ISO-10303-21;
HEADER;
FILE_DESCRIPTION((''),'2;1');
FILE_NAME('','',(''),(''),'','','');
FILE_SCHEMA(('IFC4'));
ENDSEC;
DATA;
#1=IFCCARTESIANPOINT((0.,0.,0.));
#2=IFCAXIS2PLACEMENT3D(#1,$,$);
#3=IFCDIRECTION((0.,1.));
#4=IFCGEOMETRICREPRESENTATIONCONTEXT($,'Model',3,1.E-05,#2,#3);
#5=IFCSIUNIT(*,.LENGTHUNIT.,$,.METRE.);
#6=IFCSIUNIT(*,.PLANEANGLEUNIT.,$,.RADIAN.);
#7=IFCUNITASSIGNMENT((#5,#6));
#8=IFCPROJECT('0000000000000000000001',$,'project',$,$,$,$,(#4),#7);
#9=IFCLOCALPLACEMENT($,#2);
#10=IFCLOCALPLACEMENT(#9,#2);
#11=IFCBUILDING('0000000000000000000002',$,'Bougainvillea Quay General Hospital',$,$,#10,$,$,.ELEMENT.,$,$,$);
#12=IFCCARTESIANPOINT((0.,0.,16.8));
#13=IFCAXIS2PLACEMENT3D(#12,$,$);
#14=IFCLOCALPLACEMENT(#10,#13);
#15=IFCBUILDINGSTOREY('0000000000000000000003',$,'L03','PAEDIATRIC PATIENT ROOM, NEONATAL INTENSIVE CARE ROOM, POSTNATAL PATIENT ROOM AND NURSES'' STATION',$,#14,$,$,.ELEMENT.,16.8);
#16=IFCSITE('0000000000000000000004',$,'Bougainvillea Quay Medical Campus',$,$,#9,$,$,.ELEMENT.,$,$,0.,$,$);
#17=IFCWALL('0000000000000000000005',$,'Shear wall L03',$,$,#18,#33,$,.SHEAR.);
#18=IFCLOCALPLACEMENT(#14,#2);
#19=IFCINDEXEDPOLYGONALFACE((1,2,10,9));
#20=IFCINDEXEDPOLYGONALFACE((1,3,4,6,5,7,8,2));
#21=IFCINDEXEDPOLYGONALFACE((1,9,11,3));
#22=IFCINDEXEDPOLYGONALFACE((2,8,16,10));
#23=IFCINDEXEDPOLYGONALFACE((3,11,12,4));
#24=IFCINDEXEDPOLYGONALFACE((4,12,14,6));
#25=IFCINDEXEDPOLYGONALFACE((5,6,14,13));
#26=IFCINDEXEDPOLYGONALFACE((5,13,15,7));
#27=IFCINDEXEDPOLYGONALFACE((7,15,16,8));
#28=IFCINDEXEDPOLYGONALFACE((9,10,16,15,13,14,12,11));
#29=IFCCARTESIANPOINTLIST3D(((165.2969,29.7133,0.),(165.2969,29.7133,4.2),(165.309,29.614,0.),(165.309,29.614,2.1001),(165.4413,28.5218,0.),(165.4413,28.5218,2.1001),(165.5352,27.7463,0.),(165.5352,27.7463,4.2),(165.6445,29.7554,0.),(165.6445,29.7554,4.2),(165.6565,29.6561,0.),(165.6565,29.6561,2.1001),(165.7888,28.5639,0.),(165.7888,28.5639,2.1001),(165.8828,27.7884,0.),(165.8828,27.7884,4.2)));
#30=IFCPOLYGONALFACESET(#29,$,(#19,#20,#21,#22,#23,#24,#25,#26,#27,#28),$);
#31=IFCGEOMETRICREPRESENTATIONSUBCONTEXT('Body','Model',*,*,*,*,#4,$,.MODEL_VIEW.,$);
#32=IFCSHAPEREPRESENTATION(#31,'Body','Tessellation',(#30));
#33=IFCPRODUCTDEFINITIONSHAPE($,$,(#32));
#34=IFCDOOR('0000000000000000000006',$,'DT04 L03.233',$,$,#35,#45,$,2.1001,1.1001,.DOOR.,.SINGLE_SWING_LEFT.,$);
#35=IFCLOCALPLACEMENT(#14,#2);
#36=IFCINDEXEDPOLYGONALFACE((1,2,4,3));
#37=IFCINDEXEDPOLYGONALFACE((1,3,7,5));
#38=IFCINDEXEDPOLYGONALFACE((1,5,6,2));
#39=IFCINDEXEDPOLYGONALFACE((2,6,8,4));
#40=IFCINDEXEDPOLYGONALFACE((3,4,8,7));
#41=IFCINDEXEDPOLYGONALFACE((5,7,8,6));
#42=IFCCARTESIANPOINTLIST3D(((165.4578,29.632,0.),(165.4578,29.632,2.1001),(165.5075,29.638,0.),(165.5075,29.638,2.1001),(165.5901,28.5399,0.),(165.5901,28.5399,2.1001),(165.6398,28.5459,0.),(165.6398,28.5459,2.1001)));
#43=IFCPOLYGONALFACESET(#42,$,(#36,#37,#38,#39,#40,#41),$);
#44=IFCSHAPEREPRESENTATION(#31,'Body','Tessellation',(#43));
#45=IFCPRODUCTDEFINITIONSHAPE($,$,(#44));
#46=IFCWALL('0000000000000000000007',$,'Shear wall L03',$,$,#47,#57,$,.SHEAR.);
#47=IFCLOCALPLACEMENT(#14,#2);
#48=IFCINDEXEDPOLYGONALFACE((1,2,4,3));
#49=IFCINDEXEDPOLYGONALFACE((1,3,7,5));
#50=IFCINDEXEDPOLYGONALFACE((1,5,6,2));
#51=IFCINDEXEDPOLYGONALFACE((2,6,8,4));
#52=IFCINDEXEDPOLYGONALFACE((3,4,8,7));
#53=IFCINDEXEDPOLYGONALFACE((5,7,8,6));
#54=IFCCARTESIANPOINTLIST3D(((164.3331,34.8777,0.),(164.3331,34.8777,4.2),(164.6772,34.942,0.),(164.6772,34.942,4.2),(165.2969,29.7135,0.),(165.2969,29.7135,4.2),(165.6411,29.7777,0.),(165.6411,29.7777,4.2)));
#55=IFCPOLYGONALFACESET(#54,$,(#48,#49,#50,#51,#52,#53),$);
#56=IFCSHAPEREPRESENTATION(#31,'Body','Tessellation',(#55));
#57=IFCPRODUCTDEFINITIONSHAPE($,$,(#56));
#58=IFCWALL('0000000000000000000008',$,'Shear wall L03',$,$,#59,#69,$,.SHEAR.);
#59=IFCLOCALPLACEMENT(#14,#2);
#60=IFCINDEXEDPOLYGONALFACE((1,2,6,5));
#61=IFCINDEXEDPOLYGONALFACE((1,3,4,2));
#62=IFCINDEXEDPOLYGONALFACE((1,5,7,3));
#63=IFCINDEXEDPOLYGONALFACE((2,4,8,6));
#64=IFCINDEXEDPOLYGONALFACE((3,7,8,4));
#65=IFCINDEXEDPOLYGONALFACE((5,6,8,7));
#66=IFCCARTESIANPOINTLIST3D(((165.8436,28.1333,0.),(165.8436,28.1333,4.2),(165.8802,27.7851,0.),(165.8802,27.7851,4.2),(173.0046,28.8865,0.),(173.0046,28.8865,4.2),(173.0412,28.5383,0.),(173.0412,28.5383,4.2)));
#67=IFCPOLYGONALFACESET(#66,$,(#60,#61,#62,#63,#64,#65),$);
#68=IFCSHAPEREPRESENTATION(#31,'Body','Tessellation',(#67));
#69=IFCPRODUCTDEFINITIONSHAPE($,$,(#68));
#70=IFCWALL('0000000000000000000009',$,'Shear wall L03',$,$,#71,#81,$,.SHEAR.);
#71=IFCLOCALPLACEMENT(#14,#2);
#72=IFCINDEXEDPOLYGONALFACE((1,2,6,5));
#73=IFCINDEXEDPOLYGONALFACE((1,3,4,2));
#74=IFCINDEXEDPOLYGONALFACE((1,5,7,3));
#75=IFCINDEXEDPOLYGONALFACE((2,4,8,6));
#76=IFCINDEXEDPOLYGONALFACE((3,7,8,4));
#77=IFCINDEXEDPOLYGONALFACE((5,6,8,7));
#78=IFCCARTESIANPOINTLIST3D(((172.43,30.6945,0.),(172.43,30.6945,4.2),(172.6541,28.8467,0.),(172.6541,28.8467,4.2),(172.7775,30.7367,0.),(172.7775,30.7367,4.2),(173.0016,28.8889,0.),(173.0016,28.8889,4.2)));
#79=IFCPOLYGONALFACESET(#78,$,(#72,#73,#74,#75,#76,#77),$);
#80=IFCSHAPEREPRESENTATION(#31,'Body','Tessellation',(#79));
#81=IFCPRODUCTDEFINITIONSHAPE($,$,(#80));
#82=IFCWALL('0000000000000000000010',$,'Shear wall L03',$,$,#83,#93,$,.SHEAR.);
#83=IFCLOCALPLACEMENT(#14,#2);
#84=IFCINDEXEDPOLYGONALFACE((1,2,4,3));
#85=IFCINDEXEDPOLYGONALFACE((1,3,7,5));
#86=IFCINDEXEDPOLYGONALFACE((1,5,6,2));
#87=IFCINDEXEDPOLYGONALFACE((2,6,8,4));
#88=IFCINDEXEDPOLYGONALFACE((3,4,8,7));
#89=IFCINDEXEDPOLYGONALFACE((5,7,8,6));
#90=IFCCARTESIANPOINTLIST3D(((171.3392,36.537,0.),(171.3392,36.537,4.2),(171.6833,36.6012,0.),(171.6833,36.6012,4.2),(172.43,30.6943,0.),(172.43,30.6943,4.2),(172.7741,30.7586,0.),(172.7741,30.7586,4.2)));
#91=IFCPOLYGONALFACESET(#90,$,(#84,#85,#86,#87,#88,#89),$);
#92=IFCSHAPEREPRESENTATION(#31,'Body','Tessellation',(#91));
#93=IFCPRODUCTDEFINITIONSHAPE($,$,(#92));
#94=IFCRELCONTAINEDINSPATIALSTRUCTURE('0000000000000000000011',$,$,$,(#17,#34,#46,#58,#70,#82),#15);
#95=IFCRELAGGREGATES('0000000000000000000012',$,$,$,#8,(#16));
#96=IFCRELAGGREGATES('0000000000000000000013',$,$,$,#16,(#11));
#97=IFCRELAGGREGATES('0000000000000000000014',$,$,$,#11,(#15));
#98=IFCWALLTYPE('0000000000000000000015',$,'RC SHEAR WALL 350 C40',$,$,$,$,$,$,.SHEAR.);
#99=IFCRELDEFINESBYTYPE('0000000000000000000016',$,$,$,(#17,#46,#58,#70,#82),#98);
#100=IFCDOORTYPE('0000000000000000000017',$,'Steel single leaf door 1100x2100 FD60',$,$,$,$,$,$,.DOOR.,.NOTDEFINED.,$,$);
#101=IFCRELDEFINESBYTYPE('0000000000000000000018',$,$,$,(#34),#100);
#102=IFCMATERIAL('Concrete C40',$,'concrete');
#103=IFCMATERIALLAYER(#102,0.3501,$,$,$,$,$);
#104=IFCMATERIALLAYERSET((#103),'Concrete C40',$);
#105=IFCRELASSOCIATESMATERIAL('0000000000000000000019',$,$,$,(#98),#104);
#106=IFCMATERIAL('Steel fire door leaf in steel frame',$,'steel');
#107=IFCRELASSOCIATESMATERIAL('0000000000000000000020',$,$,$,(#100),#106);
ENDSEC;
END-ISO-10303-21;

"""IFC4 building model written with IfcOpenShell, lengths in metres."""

from ifc_helpers import new_model, si_unit, direction, frame, frame_2d, origin, place, context, subcontext, project, spatial, rectangle, extrude, material, layer, layer_set, type_object, element, fill, save


model = new_model("IFC4")

# Units and contexts
model_context = context("Model", 3, precision=1e-05, world=origin(), true_north=direction((0.0, 1.0)))
body_context = subcontext(model_context, "Body", "Model", "MODEL_VIEW")
ifc_project = project(units=[si_unit("LENGTHUNIT", "METRE"), si_unit("PLANEANGLEUNIT", "RADIAN")], contexts=[model_context])

# Site, building, storey
site_placement = place(None, origin())
site = spatial("IfcSite", under=ifc_project, at=site_placement, Name="Bougainvillea Quay Medical Campus", CompositionType="ELEMENT", RefElevation=0.0)
building_placement = place(site_placement, origin())
building = spatial("IfcBuilding", under=site, at=building_placement, Name="Bougainvillea Quay General Hospital", CompositionType="ELEMENT")
storey_placement = place(building_placement, frame((0.0, 0.0, 16.8)))
storey = spatial("IfcBuildingStorey", under=building, at=storey_placement, Name="L03", Description="PAEDIATRIC PATIENT ROOM, NEONATAL INTENSIVE CARE ROOM, POSTNATAL PATIENT ROOM AND NURSES' STATION", CompositionType="ELEMENT", Elevation=16.8)

# Shared definitions
ifc_material_1 = material(Name="Concrete C40", Category="concrete")

# Shared definitions
ifc_layer_1 = layer(ifc_material_1, 0.3501)
ifc_layer_set_1 = layer_set([ifc_layer_1], Name="Concrete C40")
wall_type_1 = type_object("IfcWallType", Name="RC SHEAR WALL 350 C40", PredefinedType="SHEAR", material=ifc_layer_set_1)

# Wall, opening, door
wall_1_placement = place(storey_placement, frame((165.4707, 29.7344, 0.0), z_axis=(0.0, 0.0, 1.0), x_axis=(0.120258, -0.992743, 0.0)))
wall_1 = element("IfcWall", 1, at=wall_1_placement, inside=storey, type_object=wall_type_1, Name="Shear wall L03", PredefinedType="SHEAR", context=body_context, shape_type="SweptSolid", body=[
    extrude(rectangle(XDim=1.9814, YDim=0.3501, at=frame_2d((0.9907, 0.0))), origin(), (0.0, 0.0, 1.0), 4.2),
])
opening_placement = place(wall_1_placement, frame((0.1001, 0.0, 0.0)))
opening = element("IfcOpeningElement", 2, at=opening_placement, cuts=wall_1, PredefinedType="OPENING", context=body_context, shape_type="SweptSolid", body=[
    extrude(rectangle(XDim=1.1001, YDim=2.1001, at=frame_2d((0.55, 1.05))), frame((0.0, 0.1851, 0.0), z_axis=(0.0, -1.0, 0.0), x_axis=(1.0, 0.0, 0.0)), (0.0, 0.0, 1.0), 0.3701),
])
ifc_material_2 = material(Name="Steel fire door leaf in steel frame", Category="steel")
door_type = type_object("IfcDoorType", Name="Steel single leaf door 1100x2100 FD60", OperationType="NOTDEFINED", PredefinedType="DOOR", material=ifc_material_2)
door_placement = place(opening_placement, origin())
door = element("IfcDoor", 3, at=door_placement, inside=storey, type_object=door_type, Name="DT04 L03.233", OperationType="SINGLE_SWING_LEFT", OverallHeight=2.1001, OverallWidth=1.1001, PredefinedType="DOOR", context=body_context, shape_type="SweptSolid", body=[
    extrude(rectangle(XDim=1.1001, YDim=2.1001, at=frame_2d((0.55, 1.05))), frame((0.0, 0.0249, 0.0), z_axis=(0.0, -1.0, 0.0), x_axis=(1.0, 0.0, 0.0)), (0.0, 0.0, 1.0), 0.05),
])
fill(opening, door)

# Walls
wall_2_placement = place(storey_placement, frame((165.469, 29.7456, 0.0), z_axis=(0.0, 0.0, 1.0), x_axis=(-0.183472, 0.983025, 0.0)))
element("IfcWall", 4, at=wall_2_placement, inside=storey, type_object=wall_type_1, Name="Shear wall L03", PredefinedType="SHEAR", context=body_context, shape_type="SweptSolid", body=[
    extrude(rectangle(XDim=5.2534, YDim=0.3501, at=frame_2d((2.6267, 0.0))), origin(), (0.0, 0.0, 1.0), 4.2),
])
wall_3_placement = place(storey_placement, frame((165.8621, 27.9592, 0.0), z_axis=(0.0, 0.0, 1.0), x_axis=(0.994514, 0.104602, 0.0)))
element("IfcWall", 5, at=wall_3_placement, inside=storey, type_object=wall_type_1, Name="Shear wall L03", PredefinedType="SHEAR", context=body_context, shape_type="SweptSolid", body=[
    extrude(rectangle(XDim=7.2004, YDim=0.3501, at=frame_2d((3.6001, 0.0))), origin(), (0.0, 0.0, 1.0), 4.2),
])
wall_4_placement = place(storey_placement, frame((172.6038, 30.7156, 0.0), z_axis=(0.0, 0.0, 1.0), x_axis=(0.120402, -0.992725, 0.0)))
element("IfcWall", 6, at=wall_4_placement, inside=storey, type_object=wall_type_1, Name="Shear wall L03", PredefinedType="SHEAR", context=body_context, shape_type="SweptSolid", body=[
    extrude(rectangle(XDim=1.8613, YDim=0.3501, at=frame_2d((0.9307, 0.0))), origin(), (0.0, 0.0, 1.0), 4.2),
])
wall_5_placement = place(storey_placement, frame((172.6021, 30.7266, 0.0), z_axis=(0.0, 0.0, 1.0), x_axis=(-0.183532, 0.983014, 0.0)))
element("IfcWall", 7, at=wall_5_placement, inside=storey, type_object=wall_type_1, Name="Shear wall L03", PredefinedType="SHEAR", context=body_context, shape_type="SweptSolid", body=[
    extrude(rectangle(XDim=5.9436, YDim=0.3501, at=frame_2d((2.9717, 0.0))), origin(), (0.0, 0.0, 1.0), 4.2),
])

save(model, "model.ifc")
